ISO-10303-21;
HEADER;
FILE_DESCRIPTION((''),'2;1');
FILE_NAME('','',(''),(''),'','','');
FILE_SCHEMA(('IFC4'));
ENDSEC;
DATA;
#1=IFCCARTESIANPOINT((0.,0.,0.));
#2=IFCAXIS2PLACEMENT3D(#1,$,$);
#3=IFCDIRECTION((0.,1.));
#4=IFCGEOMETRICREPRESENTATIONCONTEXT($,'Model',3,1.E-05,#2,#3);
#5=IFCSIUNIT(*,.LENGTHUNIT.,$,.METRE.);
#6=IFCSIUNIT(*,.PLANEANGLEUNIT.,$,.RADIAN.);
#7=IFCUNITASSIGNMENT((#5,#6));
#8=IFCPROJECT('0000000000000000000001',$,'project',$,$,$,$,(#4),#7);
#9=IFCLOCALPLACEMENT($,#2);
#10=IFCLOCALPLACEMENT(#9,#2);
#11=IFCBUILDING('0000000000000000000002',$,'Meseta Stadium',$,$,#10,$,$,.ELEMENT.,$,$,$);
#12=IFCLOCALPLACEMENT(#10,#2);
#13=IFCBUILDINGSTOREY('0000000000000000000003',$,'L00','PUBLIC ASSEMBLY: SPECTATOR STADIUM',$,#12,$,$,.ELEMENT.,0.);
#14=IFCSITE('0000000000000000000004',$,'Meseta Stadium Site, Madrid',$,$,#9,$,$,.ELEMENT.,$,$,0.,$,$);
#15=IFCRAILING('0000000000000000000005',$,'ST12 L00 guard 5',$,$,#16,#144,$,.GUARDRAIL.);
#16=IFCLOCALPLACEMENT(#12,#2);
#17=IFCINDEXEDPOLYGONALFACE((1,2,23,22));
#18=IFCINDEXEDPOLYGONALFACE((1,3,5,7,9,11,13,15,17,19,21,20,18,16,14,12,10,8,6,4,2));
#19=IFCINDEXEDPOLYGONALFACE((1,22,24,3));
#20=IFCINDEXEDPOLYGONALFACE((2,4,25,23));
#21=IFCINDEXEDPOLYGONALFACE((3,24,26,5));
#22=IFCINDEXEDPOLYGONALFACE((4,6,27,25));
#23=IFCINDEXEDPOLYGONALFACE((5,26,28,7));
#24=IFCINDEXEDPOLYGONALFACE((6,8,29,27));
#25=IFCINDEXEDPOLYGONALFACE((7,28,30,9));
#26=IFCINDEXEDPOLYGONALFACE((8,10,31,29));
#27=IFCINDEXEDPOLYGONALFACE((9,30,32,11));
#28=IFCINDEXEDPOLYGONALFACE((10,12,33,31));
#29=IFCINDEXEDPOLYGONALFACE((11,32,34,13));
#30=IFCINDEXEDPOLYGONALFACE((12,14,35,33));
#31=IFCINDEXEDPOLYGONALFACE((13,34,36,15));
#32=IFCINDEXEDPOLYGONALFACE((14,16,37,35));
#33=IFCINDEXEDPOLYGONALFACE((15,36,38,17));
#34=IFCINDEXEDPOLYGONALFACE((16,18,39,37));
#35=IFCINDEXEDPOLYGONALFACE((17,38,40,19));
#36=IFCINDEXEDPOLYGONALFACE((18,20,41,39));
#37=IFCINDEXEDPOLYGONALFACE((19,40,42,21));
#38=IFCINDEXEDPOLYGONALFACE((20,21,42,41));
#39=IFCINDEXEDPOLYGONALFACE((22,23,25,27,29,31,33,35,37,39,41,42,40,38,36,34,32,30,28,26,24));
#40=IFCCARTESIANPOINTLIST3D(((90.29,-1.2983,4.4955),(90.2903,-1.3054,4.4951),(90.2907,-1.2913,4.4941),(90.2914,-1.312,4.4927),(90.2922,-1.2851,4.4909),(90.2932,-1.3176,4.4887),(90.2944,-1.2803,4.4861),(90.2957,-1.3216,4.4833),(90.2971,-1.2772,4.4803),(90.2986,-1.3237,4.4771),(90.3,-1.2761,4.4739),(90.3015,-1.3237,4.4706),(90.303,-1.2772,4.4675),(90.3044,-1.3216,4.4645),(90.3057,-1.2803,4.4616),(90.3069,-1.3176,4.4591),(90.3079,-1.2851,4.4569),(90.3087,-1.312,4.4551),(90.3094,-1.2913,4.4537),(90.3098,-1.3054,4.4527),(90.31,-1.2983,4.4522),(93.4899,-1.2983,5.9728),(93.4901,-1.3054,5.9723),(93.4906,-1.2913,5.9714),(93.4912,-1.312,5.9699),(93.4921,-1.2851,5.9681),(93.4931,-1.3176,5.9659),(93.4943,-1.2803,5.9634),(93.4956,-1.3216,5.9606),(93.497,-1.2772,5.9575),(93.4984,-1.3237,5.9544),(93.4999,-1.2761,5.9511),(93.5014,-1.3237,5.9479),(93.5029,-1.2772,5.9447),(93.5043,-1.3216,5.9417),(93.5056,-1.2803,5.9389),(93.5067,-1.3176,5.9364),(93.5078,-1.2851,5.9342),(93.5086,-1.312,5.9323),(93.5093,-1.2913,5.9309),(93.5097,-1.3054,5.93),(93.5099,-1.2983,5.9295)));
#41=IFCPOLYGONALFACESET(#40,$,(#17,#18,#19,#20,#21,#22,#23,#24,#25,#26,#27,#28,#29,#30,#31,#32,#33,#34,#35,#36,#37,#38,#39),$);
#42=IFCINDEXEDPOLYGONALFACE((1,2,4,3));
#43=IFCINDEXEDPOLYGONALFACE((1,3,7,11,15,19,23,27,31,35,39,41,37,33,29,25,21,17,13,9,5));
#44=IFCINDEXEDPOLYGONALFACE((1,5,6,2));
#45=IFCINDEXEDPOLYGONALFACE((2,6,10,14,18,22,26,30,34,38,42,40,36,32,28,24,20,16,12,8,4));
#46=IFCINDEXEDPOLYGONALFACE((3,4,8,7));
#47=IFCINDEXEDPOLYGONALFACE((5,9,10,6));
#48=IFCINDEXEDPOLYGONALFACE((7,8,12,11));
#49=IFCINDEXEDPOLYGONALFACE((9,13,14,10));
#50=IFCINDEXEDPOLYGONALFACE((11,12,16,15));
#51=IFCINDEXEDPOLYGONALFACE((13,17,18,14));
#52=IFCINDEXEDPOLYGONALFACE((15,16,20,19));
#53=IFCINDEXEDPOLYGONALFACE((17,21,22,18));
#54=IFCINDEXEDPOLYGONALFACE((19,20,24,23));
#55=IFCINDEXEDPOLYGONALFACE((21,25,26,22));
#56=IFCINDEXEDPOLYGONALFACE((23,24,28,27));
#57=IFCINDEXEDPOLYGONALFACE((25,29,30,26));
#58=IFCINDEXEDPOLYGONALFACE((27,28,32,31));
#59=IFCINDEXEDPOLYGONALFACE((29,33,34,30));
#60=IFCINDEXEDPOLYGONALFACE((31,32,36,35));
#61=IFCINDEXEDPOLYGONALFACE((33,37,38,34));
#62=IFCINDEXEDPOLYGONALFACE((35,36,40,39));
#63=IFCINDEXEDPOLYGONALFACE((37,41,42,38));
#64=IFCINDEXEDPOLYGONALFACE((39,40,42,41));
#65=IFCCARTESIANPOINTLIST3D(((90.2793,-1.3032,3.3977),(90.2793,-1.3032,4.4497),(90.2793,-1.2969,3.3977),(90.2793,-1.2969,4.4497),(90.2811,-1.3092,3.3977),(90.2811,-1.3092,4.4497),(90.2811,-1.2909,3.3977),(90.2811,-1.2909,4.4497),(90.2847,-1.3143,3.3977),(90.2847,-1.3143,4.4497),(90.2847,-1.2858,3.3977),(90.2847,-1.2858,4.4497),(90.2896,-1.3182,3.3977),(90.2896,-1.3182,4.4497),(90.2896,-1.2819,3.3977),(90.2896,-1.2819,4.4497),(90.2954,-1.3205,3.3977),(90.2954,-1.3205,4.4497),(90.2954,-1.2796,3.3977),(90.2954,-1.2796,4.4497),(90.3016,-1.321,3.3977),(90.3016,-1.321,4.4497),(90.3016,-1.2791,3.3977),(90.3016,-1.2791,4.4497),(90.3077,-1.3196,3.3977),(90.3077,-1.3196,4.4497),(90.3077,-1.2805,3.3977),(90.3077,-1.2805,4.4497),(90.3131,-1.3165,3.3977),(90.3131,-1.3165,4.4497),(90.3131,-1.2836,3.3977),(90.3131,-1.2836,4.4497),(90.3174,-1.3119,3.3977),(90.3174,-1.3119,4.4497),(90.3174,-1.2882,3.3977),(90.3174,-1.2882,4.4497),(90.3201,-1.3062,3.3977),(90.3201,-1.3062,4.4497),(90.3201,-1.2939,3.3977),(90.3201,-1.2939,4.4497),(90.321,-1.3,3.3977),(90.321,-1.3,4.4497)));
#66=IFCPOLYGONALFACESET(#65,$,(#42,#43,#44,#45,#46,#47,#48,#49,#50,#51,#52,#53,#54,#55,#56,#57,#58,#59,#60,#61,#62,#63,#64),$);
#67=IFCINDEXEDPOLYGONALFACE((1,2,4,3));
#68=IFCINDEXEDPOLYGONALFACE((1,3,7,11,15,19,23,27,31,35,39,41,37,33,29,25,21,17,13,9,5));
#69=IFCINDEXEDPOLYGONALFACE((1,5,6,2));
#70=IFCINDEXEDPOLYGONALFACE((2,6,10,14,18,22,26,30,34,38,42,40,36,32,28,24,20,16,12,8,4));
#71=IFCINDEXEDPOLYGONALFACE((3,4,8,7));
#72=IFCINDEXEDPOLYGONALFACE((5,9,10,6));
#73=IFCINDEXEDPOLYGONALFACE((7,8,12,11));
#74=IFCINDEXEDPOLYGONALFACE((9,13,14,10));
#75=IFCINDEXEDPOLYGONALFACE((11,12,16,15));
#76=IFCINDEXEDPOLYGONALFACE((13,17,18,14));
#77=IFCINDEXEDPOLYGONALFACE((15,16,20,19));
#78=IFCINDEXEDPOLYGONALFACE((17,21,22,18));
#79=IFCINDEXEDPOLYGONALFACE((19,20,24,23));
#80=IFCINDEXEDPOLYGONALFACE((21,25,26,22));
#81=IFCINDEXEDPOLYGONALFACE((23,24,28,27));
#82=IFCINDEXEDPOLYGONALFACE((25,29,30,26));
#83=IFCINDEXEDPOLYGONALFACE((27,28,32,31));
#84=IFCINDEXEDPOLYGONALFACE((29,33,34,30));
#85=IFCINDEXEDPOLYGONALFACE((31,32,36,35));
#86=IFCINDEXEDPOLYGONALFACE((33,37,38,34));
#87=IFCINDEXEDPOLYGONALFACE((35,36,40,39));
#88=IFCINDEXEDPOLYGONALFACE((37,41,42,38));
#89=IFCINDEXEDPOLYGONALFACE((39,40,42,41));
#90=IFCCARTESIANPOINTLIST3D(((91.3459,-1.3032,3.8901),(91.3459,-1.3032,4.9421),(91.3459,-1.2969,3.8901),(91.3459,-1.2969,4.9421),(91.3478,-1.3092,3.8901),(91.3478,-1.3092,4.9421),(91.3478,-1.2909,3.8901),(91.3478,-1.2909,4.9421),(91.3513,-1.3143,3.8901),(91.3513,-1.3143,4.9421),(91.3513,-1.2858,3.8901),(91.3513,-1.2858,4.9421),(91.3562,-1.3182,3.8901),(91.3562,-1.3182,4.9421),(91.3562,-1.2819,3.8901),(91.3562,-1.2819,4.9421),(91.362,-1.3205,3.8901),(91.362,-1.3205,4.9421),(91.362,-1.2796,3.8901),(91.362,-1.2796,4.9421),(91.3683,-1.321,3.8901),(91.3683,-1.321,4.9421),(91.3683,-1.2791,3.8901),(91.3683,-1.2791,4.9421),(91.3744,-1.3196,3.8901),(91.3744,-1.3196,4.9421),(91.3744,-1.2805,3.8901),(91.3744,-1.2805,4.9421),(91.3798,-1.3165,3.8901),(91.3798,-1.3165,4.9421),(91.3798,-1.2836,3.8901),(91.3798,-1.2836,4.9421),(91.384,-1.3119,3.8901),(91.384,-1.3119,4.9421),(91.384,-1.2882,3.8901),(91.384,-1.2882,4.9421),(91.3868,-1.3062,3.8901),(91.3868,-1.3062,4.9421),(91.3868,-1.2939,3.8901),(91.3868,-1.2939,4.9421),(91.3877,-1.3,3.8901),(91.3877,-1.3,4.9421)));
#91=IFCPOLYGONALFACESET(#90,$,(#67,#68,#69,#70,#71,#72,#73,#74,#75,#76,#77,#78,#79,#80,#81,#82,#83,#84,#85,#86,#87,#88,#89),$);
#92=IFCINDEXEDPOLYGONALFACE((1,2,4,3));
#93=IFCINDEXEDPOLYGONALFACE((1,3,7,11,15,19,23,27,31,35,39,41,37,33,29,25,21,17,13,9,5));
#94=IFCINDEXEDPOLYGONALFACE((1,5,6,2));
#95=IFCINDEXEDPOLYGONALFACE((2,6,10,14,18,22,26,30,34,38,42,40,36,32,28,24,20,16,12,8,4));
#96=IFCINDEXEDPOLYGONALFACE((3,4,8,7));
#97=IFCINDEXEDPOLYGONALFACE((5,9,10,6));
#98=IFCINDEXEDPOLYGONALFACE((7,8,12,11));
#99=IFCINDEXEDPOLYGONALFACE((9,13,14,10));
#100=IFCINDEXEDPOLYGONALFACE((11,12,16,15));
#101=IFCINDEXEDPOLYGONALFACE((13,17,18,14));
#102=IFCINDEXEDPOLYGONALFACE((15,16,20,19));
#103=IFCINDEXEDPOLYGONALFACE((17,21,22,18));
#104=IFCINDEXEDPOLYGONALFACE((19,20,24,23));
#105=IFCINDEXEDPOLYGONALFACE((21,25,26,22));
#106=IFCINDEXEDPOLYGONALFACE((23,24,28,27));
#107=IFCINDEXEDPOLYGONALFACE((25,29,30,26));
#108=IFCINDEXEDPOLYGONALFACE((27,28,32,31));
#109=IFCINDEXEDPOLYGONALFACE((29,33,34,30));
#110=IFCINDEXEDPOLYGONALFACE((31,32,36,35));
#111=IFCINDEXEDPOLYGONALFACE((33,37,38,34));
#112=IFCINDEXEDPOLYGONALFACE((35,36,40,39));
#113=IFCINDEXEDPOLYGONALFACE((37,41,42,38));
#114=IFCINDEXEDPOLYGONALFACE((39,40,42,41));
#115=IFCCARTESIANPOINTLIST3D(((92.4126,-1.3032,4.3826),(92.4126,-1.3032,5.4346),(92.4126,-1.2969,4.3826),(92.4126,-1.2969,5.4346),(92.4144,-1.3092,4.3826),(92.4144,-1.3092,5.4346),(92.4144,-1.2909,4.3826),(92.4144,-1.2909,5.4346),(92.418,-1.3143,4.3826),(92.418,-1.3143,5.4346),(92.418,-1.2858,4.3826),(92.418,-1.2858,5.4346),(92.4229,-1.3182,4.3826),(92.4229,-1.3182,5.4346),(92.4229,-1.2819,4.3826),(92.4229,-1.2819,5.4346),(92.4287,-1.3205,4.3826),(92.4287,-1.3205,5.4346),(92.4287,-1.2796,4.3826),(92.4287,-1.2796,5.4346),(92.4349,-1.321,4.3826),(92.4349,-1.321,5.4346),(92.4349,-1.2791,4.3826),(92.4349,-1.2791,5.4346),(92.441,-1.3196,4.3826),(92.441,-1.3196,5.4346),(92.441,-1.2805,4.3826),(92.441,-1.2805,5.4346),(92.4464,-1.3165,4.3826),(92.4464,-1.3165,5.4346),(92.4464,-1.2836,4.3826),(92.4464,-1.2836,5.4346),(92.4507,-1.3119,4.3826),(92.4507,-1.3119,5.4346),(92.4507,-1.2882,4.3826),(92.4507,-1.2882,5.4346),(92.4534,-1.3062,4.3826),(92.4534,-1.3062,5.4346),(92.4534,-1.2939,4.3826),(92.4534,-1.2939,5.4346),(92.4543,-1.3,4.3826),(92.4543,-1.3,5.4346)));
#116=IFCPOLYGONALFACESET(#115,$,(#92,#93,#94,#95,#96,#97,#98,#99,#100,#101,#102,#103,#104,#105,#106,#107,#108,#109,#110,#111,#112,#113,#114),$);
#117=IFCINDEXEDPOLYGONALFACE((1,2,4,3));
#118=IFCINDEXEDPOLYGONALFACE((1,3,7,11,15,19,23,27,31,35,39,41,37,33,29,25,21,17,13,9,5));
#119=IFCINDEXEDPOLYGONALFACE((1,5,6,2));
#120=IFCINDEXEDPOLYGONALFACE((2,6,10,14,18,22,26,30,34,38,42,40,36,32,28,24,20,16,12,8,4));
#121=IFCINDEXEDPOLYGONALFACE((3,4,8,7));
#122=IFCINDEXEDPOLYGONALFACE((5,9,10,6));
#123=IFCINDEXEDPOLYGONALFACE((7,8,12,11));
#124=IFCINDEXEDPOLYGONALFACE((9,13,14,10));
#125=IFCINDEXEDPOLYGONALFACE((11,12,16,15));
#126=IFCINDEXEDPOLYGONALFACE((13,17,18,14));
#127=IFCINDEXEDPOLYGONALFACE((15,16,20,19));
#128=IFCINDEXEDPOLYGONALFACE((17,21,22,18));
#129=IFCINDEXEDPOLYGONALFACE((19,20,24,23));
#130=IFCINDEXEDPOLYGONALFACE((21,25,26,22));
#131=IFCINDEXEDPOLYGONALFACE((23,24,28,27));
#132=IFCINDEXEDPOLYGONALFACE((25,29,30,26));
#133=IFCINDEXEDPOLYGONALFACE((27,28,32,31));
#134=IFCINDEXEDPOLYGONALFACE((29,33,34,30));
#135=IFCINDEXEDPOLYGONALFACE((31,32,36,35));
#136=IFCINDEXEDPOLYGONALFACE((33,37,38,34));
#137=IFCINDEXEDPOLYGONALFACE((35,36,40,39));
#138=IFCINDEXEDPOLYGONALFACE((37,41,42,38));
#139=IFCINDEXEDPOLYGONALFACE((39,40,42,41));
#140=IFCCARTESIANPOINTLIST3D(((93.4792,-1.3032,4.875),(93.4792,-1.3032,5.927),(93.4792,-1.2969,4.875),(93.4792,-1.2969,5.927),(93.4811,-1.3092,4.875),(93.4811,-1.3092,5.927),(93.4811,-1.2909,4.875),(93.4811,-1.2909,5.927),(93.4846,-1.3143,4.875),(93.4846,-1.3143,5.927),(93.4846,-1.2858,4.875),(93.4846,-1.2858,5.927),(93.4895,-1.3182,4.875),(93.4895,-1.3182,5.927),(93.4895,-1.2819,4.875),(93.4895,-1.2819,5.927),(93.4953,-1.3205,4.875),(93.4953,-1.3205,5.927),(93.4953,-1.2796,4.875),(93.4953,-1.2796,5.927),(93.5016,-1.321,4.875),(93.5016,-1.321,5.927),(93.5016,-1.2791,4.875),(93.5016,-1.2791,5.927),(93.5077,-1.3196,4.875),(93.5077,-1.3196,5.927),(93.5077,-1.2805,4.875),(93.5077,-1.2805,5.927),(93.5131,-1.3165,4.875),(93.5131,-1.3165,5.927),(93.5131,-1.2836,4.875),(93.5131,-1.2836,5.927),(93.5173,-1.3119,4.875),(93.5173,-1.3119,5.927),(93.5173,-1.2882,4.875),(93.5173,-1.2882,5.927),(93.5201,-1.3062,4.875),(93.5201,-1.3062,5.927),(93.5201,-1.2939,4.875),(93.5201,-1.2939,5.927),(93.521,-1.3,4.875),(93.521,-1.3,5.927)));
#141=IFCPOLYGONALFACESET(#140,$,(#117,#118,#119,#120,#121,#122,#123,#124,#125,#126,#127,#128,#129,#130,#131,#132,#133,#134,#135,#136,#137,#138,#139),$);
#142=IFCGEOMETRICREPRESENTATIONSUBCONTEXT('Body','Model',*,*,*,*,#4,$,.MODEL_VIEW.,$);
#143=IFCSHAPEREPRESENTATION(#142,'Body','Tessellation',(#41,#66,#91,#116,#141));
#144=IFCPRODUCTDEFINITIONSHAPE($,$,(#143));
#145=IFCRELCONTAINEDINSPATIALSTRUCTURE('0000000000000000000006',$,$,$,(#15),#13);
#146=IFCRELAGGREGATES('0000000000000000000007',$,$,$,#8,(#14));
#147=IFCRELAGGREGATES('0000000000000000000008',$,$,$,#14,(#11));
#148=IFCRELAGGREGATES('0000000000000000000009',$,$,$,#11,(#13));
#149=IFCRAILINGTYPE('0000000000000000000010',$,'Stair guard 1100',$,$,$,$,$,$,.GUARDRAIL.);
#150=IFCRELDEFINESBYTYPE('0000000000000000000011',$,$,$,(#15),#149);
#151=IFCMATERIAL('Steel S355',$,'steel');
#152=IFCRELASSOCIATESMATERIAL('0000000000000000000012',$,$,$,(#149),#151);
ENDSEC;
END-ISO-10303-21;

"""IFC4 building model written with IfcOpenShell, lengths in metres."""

from ifc_helpers import new_model, si_unit, direction, frame, origin, origin_2d, place, context, subcontext, project, spatial, circle, extrude, material, type_object, element, save


model = new_model("IFC4")

# Units and contexts
model_context = context("Model", 3, precision=1e-05, world=origin(), true_north=direction((0.0, 1.0)))
body_context = subcontext(model_context, "Body", "Model", "MODEL_VIEW")
ifc_project = project(units=[si_unit("LENGTHUNIT", "METRE"), si_unit("PLANEANGLEUNIT", "RADIAN")], contexts=[model_context])

# Site, building, storey
site_placement = place(None, origin())
site = spatial("IfcSite", under=ifc_project, at=site_placement, Name="Meseta Stadium Site, Madrid", CompositionType="ELEMENT", RefElevation=0.0)
building_placement = place(site_placement, origin())
building = spatial("IfcBuilding", under=site, at=building_placement, Name="Meseta Stadium", CompositionType="ELEMENT")
storey_placement = place(building_placement, origin())
storey = spatial("IfcBuildingStorey", under=building, at=storey_placement, Name="L00", Description="PUBLIC ASSEMBLY: SPECTATOR STADIUM", CompositionType="ELEMENT", Elevation=0.0)

# Railing
ifc_material_1 = material(Name="Steel S355", Category="steel")
railing_type_1 = type_object("IfcRailingType", Name="Stair guard 1100", PredefinedType="GUARDRAIL", material=ifc_material_1)
railing_1_placement = place(storey_placement, frame((90.3, -1.3, 3.3977)))
element("IfcRailing", 1, at=railing_1_placement, inside=storey, type_object=railing_type_1, Name="ST12 L00 guard 5", PredefinedType="GUARDRAIL", context=body_context, shape_type="SweptSolid", body=[
    extrude(circle(Radius=0.0239, at=origin_2d()), frame((0.0, 0.0, 1.0762), z_axis=(0.907917, 0.0, 0.41915), x_axis=(0.0, 1.0, 0.0)), (0.0, 0.0, 1.0), 3.5244),
    extrude(circle(Radius=0.021, at=origin_2d()), origin(), (0.0, 0.0, 1.0), 1.052),
    extrude(circle(Radius=0.021, at=origin_2d()), frame((1.0667, 0.0, 0.4924)), (0.0, 0.0, 1.0), 1.052),
    extrude(circle(Radius=0.021, at=origin_2d()), frame((2.1333, 0.0, 0.9849)), (0.0, 0.0, 1.0), 1.052),
    extrude(circle(Radius=0.021, at=origin_2d()), frame((3.2, 0.0, 1.4773)), (0.0, 0.0, 1.0), 1.052),
])

save(model, "model.ifc")
